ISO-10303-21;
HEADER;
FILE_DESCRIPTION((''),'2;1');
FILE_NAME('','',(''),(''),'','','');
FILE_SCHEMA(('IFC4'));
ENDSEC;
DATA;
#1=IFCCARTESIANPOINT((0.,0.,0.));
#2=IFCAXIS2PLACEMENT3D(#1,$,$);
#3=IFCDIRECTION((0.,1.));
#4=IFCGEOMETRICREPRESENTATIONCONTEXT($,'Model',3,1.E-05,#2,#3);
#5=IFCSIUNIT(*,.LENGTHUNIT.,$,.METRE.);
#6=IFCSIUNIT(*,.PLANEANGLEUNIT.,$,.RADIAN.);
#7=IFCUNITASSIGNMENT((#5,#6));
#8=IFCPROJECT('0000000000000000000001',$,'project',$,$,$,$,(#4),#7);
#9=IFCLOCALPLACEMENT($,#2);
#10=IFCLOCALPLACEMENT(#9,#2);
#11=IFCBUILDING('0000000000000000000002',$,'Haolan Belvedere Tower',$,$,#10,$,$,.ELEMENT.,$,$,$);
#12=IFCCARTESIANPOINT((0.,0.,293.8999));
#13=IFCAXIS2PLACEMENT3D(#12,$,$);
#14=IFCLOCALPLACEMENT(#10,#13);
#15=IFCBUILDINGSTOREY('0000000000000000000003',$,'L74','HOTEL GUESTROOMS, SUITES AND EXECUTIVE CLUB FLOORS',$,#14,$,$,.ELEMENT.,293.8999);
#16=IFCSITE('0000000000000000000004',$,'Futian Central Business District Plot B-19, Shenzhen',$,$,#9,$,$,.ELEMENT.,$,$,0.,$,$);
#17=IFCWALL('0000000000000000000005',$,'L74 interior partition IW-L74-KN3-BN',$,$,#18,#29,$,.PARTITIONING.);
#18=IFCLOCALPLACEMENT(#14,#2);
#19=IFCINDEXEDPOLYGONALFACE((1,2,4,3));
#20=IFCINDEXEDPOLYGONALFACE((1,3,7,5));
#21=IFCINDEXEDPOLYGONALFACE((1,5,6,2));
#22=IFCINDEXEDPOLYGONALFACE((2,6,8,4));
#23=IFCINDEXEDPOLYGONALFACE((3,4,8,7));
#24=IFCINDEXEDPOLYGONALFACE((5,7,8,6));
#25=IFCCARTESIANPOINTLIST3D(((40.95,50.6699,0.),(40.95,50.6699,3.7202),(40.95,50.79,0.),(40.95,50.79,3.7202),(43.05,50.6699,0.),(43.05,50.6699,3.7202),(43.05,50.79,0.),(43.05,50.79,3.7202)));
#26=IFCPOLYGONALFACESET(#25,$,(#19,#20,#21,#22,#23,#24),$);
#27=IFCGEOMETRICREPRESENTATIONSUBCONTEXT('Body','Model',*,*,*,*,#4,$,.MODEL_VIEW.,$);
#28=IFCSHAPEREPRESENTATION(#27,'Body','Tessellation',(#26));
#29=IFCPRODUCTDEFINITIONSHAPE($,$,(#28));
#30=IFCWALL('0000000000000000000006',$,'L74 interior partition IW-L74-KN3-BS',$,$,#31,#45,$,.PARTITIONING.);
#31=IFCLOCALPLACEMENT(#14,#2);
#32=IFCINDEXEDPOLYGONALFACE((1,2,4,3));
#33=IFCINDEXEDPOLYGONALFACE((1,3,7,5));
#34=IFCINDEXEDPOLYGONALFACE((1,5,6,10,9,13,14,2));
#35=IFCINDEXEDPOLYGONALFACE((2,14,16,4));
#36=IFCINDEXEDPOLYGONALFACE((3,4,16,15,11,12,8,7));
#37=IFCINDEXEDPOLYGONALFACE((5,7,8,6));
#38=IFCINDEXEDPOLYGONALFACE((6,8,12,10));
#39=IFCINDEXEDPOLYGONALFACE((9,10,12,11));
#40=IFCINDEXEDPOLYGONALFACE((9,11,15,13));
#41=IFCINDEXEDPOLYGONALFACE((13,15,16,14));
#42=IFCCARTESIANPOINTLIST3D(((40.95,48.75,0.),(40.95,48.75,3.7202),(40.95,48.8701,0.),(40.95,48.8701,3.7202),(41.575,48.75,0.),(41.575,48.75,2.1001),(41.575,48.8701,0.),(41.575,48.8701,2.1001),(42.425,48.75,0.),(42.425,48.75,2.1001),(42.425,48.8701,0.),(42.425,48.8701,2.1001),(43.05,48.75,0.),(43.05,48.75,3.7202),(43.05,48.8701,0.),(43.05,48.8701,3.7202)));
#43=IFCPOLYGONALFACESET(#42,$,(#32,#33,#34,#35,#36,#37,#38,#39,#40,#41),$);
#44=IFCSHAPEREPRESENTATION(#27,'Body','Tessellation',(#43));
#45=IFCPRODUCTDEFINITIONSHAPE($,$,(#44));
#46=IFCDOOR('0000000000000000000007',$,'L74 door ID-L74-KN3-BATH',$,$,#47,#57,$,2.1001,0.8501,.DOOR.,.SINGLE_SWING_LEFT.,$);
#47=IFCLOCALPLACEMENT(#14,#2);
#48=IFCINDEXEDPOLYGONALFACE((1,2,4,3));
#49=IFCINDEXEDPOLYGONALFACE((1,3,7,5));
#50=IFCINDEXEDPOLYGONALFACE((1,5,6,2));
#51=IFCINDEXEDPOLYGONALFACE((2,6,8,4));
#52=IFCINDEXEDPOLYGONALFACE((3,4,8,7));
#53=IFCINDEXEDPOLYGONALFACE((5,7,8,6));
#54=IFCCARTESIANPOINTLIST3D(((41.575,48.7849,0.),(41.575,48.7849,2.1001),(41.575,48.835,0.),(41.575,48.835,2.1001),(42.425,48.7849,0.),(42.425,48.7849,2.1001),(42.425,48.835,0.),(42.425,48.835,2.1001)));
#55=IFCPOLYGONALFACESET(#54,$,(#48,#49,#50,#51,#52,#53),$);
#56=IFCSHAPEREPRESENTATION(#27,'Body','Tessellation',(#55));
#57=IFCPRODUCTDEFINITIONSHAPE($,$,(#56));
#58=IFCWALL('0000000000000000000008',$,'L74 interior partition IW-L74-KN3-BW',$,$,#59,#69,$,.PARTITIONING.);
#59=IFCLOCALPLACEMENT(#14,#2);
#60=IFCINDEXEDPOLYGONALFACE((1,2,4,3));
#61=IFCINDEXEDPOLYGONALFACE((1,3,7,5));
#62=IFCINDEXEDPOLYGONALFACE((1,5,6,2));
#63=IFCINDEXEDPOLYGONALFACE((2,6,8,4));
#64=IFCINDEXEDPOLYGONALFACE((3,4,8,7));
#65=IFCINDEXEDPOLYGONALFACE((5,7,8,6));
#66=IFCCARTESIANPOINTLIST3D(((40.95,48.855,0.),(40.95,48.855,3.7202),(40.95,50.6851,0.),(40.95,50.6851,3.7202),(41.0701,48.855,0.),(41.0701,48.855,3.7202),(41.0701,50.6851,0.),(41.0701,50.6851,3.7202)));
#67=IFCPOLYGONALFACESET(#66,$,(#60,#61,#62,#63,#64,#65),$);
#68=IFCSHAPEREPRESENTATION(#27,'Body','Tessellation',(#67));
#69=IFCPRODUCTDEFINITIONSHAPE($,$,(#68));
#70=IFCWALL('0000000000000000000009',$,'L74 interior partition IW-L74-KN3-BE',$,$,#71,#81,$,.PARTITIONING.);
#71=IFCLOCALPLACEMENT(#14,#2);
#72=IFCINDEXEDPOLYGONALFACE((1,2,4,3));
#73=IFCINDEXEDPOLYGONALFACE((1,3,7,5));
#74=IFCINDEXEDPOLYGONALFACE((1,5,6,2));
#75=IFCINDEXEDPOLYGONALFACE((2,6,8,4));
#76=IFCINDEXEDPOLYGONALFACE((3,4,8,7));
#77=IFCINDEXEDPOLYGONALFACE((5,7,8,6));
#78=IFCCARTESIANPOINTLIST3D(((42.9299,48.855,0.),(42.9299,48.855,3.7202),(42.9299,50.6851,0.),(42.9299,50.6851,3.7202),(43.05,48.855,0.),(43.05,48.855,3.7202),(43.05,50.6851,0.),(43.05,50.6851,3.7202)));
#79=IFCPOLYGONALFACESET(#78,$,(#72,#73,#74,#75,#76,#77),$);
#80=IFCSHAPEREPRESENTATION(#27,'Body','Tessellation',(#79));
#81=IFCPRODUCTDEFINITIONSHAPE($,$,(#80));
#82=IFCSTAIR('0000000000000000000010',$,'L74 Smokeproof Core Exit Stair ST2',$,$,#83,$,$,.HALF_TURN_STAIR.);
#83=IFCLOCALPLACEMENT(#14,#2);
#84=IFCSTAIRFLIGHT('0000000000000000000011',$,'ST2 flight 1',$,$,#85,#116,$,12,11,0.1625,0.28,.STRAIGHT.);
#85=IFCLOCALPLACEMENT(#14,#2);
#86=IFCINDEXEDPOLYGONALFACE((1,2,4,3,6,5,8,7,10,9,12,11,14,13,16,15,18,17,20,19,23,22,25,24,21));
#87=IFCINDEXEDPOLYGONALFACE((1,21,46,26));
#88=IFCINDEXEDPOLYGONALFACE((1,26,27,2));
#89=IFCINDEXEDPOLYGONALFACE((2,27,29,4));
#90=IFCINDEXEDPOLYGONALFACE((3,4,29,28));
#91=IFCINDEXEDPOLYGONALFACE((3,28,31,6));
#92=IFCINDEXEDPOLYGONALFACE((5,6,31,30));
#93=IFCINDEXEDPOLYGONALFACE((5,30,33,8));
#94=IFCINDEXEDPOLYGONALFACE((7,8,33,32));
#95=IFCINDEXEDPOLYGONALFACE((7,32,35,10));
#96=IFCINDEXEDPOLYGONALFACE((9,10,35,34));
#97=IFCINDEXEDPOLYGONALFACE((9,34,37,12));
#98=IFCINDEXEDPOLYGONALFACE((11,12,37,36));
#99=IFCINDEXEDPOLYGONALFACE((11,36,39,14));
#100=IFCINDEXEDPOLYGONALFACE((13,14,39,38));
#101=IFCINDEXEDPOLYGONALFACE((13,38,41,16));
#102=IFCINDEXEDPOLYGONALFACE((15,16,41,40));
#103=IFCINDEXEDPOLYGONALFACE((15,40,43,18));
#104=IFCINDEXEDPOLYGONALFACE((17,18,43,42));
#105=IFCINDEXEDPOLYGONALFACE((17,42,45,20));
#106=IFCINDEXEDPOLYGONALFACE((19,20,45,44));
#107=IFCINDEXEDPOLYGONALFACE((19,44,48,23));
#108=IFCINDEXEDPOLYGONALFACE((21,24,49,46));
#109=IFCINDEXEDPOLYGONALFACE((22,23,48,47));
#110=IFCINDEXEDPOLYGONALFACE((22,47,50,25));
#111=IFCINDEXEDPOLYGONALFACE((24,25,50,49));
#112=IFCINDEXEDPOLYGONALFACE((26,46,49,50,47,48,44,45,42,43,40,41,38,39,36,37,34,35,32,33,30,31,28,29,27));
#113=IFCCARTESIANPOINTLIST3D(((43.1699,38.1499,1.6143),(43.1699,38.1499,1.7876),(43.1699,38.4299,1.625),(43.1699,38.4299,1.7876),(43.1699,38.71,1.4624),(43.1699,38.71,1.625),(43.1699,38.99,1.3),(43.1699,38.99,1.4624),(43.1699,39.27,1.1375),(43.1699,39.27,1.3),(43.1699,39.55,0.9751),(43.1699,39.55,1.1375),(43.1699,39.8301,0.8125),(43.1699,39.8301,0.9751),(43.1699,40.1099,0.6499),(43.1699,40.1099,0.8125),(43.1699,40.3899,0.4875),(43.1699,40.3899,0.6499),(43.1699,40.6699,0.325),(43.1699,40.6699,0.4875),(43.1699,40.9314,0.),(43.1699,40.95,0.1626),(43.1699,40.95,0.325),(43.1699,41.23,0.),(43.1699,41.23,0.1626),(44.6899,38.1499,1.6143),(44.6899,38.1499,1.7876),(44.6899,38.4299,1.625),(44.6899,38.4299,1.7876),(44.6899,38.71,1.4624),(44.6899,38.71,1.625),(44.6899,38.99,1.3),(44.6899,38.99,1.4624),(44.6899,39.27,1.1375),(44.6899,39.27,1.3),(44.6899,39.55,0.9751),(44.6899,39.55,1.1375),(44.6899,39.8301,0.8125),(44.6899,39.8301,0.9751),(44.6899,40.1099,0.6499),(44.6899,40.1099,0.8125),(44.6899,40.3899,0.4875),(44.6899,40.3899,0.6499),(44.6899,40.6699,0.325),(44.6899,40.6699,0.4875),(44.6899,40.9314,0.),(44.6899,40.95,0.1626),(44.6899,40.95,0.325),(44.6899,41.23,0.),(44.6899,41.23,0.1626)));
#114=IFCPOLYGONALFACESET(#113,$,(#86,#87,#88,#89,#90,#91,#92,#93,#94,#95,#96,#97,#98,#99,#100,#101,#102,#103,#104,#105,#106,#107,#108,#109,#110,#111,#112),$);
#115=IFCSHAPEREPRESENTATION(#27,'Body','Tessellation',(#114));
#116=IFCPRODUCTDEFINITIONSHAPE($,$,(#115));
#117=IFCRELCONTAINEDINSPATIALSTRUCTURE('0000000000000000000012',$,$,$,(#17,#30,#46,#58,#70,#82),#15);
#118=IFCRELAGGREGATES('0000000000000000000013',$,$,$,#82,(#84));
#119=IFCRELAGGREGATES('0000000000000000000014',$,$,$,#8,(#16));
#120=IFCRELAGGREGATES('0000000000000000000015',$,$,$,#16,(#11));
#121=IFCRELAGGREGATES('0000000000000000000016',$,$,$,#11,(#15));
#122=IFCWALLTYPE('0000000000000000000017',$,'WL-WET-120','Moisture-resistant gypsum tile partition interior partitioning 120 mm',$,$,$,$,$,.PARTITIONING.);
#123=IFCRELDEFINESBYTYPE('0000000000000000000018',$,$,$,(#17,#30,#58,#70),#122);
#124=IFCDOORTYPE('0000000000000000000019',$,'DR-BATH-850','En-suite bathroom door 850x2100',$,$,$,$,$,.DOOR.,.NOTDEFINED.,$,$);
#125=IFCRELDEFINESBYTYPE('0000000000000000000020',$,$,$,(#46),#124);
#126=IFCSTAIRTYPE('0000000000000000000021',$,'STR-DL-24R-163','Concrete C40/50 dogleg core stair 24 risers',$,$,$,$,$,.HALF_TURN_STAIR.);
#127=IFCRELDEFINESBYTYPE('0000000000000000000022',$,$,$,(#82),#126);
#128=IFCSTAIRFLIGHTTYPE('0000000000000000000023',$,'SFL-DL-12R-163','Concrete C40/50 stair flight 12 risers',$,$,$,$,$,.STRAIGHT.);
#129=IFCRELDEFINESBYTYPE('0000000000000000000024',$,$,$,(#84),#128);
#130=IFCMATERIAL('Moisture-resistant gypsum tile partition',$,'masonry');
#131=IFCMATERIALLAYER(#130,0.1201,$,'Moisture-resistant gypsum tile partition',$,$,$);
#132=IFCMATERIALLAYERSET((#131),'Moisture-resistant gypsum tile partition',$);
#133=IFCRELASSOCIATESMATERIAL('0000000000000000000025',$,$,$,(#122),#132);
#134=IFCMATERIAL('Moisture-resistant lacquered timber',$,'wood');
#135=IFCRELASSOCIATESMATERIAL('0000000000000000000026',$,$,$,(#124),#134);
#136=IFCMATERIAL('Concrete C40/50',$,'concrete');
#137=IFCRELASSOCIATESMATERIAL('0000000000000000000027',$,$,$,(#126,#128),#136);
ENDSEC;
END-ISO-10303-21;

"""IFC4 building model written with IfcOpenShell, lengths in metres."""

from ifc_helpers import new_model, si_unit, direction, frame, frame_2d, origin, place, context, subcontext, project, spatial, polyline, rectangle, outline, extrude, material, layer, layer_set, type_object, element, fill, aggregate, save


model = new_model("IFC4")

# Units and contexts
model_context = context("Model", 3, precision=1e-05, world=origin(), true_north=direction((0.0, 1.0)))
body_context = subcontext(model_context, "Body", "Model", "MODEL_VIEW")
ifc_project = project(units=[si_unit("LENGTHUNIT", "METRE"), si_unit("PLANEANGLEUNIT", "RADIAN")], contexts=[model_context])

# Site, building, storey
site_placement = place(None, origin())
site = spatial("IfcSite", under=ifc_project, at=site_placement, Name="Futian Central Business District Plot B-19, Shenzhen", CompositionType="ELEMENT", RefElevation=0.0)
building_placement = place(site_placement, origin())
building = spatial("IfcBuilding", under=site, at=building_placement, Name="Haolan Belvedere Tower", CompositionType="ELEMENT")
storey_placement = place(building_placement, frame((0.0, 0.0, 293.8999)))
storey = spatial("IfcBuildingStorey", under=building, at=storey_placement, Name="L74", Description="HOTEL GUESTROOMS, SUITES AND EXECUTIVE CLUB FLOORS", CompositionType="ELEMENT", Elevation=293.8999)

# Shared definitions
ifc_material_1 = material(Name="Concrete C40/50", Category="concrete")

# Wall
ifc_material_2 = material(Name="Moisture-resistant gypsum tile partition", Category="masonry")
ifc_layer_1 = layer(ifc_material_2, 0.1201, Name="Moisture-resistant gypsum tile partition")
ifc_layer_set_1 = layer_set([ifc_layer_1], Name="Moisture-resistant gypsum tile partition")
wall_type_1 = type_object("IfcWallType", Name="WL-WET-120", Description="Moisture-resistant gypsum tile partition interior partitioning 120 mm", PredefinedType="PARTITIONING", material=ifc_layer_set_1)
wall_1_placement = place(storey_placement, frame((40.95, 50.73, 0.0), z_axis=(0.0, 0.0, 1.0), x_axis=(1.0, 0.0, 0.0)))
element("IfcWall", 1, at=wall_1_placement, inside=storey, type_object=wall_type_1, Name="L74 interior partition IW-L74-KN3-BN", PredefinedType="PARTITIONING", context=body_context, shape_type="SweptSolid", body=[
    extrude(rectangle(XDim=2.1001, YDim=0.1201, at=frame_2d((1.05, 0.0))), origin(), (0.0, 0.0, 1.0), 3.7202),
])

# Wall, opening, door
wall_2_placement = place(storey_placement, frame((40.95, 48.8101, 0.0), z_axis=(0.0, 0.0, 1.0), x_axis=(1.0, 0.0, 0.0)))
wall_2 = element("IfcWall", 2, at=wall_2_placement, inside=storey, type_object=wall_type_1, Name="L74 interior partition IW-L74-KN3-BS", PredefinedType="PARTITIONING", context=body_context, shape_type="SweptSolid", body=[
    extrude(rectangle(XDim=2.1001, YDim=0.1201, at=frame_2d((1.05, 0.0))), origin(), (0.0, 0.0, 1.0), 3.7202),
])
opening_1_placement = place(wall_2_placement, frame((0.625, 0.0, 0.0)))
opening_1 = element("IfcOpeningElement", 3, at=opening_1_placement, cuts=wall_2, PredefinedType="OPENING", context=body_context, shape_type="SweptSolid", body=[
    extrude(rectangle(XDim=0.8501, YDim=2.1001, at=frame_2d((0.425, 1.05))), frame((0.0, 0.0701, 0.0), z_axis=(0.0, -1.0, 0.0), x_axis=(1.0, 0.0, 0.0)), (0.0, 0.0, 1.0), 0.1401),
])
ifc_material_3 = material(Name="Moisture-resistant lacquered timber", Category="wood")
door_type_1 = type_object("IfcDoorType", Name="DR-BATH-850", Description="En-suite bathroom door 850x2100", OperationType="NOTDEFINED", PredefinedType="DOOR", material=ifc_material_3)
door_1_placement = place(opening_1_placement, origin())
door_1 = element("IfcDoor", 4, at=door_1_placement, inside=storey, type_object=door_type_1, Name="L74 door ID-L74-KN3-BATH", OperationType="SINGLE_SWING_LEFT", OverallHeight=2.1001, OverallWidth=0.8501, PredefinedType="DOOR", context=body_context, shape_type="SweptSolid", body=[
    extrude(rectangle(XDim=0.8501, YDim=2.1001, at=frame_2d((0.425, 1.05))), frame((0.0, 0.0249, 0.0), z_axis=(0.0, -1.0, 0.0), x_axis=(1.0, 0.0, 0.0)), (0.0, 0.0, 1.0), 0.05),
])
fill(opening_1, door_1)

# Walls
for number, where, z_axis, x_axis, name in (
    (5, (41.01, 48.855, 0.0), (0.0, 0.0, 1.0), (0.0, 1.0, 0.0), "L74 interior partition IW-L74-KN3-BW"),
    (6, (42.99, 48.855, 0.0), (0.0, 0.0, 1.0), (0.0, 1.0, 0.0), "L74 interior partition IW-L74-KN3-BE"),
):
    element("IfcWall", number, at=place(storey_placement, frame(where, z_axis=z_axis, x_axis=x_axis)), inside=storey, type_object=wall_type_1, Name=name, PredefinedType="PARTITIONING", context=body_context, shape_type="SweptSolid", body=[
        extrude(rectangle(XDim=1.8301, YDim=0.1201, at=frame_2d((0.915, 0.0))), origin(), (0.0, 0.0, 1.0), 3.7202),
    ])

# Stair, stair flight
stair_type = type_object("IfcStairType", Name="STR-DL-24R-163", Description="Concrete C40/50 dogleg core stair 24 risers", PredefinedType="HALF_TURN_STAIR", material=ifc_material_1)
stair_placement = place(storey_placement, origin())
stair = element("IfcStair", 7, at=stair_placement, inside=storey, type_object=stair_type, Name="L74 Smokeproof Core Exit Stair ST2", PredefinedType="HALF_TURN_STAIR")
stair_flight_type = type_object("IfcStairFlightType", Name="SFL-DL-12R-163", Description="Concrete C40/50 stair flight 12 risers", PredefinedType="STRAIGHT", material=ifc_material_1)
stair_flight_placement = place(storey_placement, frame((43.9299, 41.23, 0.0), z_axis=(0.0, 0.0, 1.0), x_axis=(0.0, -1.0, 0.0)))
stair_flight = element("IfcStairFlight", 8, at=stair_flight_placement, type_object=stair_flight_type, Name="ST2 flight 1", NumberOfRisers=12, NumberOfTreads=11, PredefinedType="STRAIGHT", RiserHeight=0.1625, TreadLength=0.28, context=body_context, shape_type="SweptSolid", body=[
    extrude(outline(polyline([(0.0, 0.0), (0.0, 0.1626), (0.28, 0.1626), (0.28, 0.325), (0.5601, 0.325), (0.5601, 0.4875), (0.8401, 0.4875), (0.8401, 0.6499), (1.1201, 0.6499), (1.1201, 0.8125), (1.3999, 0.8125), (1.3999, 0.9751), (1.6799, 0.9751), (1.6799, 1.1375), (1.96, 1.1375), (1.96, 1.3), (2.24, 1.3), (2.24, 1.4624), (2.52, 1.4624), (2.52, 1.625), (2.8, 1.625), (2.8, 1.7876), (3.0801, 1.7876), (3.0801, 1.95), (3.0801, 1.6143), (0.2986, 0.0), (0.0, 0.0)])), frame((0.0, 0.76, 0.0), z_axis=(0.0, -1.0, 0.0), x_axis=(1.0, 0.0, 0.0)), (0.0, 0.0, 1.0), 1.52),
])
aggregate(stair, [stair_flight])

save(model, "model.ifc")
